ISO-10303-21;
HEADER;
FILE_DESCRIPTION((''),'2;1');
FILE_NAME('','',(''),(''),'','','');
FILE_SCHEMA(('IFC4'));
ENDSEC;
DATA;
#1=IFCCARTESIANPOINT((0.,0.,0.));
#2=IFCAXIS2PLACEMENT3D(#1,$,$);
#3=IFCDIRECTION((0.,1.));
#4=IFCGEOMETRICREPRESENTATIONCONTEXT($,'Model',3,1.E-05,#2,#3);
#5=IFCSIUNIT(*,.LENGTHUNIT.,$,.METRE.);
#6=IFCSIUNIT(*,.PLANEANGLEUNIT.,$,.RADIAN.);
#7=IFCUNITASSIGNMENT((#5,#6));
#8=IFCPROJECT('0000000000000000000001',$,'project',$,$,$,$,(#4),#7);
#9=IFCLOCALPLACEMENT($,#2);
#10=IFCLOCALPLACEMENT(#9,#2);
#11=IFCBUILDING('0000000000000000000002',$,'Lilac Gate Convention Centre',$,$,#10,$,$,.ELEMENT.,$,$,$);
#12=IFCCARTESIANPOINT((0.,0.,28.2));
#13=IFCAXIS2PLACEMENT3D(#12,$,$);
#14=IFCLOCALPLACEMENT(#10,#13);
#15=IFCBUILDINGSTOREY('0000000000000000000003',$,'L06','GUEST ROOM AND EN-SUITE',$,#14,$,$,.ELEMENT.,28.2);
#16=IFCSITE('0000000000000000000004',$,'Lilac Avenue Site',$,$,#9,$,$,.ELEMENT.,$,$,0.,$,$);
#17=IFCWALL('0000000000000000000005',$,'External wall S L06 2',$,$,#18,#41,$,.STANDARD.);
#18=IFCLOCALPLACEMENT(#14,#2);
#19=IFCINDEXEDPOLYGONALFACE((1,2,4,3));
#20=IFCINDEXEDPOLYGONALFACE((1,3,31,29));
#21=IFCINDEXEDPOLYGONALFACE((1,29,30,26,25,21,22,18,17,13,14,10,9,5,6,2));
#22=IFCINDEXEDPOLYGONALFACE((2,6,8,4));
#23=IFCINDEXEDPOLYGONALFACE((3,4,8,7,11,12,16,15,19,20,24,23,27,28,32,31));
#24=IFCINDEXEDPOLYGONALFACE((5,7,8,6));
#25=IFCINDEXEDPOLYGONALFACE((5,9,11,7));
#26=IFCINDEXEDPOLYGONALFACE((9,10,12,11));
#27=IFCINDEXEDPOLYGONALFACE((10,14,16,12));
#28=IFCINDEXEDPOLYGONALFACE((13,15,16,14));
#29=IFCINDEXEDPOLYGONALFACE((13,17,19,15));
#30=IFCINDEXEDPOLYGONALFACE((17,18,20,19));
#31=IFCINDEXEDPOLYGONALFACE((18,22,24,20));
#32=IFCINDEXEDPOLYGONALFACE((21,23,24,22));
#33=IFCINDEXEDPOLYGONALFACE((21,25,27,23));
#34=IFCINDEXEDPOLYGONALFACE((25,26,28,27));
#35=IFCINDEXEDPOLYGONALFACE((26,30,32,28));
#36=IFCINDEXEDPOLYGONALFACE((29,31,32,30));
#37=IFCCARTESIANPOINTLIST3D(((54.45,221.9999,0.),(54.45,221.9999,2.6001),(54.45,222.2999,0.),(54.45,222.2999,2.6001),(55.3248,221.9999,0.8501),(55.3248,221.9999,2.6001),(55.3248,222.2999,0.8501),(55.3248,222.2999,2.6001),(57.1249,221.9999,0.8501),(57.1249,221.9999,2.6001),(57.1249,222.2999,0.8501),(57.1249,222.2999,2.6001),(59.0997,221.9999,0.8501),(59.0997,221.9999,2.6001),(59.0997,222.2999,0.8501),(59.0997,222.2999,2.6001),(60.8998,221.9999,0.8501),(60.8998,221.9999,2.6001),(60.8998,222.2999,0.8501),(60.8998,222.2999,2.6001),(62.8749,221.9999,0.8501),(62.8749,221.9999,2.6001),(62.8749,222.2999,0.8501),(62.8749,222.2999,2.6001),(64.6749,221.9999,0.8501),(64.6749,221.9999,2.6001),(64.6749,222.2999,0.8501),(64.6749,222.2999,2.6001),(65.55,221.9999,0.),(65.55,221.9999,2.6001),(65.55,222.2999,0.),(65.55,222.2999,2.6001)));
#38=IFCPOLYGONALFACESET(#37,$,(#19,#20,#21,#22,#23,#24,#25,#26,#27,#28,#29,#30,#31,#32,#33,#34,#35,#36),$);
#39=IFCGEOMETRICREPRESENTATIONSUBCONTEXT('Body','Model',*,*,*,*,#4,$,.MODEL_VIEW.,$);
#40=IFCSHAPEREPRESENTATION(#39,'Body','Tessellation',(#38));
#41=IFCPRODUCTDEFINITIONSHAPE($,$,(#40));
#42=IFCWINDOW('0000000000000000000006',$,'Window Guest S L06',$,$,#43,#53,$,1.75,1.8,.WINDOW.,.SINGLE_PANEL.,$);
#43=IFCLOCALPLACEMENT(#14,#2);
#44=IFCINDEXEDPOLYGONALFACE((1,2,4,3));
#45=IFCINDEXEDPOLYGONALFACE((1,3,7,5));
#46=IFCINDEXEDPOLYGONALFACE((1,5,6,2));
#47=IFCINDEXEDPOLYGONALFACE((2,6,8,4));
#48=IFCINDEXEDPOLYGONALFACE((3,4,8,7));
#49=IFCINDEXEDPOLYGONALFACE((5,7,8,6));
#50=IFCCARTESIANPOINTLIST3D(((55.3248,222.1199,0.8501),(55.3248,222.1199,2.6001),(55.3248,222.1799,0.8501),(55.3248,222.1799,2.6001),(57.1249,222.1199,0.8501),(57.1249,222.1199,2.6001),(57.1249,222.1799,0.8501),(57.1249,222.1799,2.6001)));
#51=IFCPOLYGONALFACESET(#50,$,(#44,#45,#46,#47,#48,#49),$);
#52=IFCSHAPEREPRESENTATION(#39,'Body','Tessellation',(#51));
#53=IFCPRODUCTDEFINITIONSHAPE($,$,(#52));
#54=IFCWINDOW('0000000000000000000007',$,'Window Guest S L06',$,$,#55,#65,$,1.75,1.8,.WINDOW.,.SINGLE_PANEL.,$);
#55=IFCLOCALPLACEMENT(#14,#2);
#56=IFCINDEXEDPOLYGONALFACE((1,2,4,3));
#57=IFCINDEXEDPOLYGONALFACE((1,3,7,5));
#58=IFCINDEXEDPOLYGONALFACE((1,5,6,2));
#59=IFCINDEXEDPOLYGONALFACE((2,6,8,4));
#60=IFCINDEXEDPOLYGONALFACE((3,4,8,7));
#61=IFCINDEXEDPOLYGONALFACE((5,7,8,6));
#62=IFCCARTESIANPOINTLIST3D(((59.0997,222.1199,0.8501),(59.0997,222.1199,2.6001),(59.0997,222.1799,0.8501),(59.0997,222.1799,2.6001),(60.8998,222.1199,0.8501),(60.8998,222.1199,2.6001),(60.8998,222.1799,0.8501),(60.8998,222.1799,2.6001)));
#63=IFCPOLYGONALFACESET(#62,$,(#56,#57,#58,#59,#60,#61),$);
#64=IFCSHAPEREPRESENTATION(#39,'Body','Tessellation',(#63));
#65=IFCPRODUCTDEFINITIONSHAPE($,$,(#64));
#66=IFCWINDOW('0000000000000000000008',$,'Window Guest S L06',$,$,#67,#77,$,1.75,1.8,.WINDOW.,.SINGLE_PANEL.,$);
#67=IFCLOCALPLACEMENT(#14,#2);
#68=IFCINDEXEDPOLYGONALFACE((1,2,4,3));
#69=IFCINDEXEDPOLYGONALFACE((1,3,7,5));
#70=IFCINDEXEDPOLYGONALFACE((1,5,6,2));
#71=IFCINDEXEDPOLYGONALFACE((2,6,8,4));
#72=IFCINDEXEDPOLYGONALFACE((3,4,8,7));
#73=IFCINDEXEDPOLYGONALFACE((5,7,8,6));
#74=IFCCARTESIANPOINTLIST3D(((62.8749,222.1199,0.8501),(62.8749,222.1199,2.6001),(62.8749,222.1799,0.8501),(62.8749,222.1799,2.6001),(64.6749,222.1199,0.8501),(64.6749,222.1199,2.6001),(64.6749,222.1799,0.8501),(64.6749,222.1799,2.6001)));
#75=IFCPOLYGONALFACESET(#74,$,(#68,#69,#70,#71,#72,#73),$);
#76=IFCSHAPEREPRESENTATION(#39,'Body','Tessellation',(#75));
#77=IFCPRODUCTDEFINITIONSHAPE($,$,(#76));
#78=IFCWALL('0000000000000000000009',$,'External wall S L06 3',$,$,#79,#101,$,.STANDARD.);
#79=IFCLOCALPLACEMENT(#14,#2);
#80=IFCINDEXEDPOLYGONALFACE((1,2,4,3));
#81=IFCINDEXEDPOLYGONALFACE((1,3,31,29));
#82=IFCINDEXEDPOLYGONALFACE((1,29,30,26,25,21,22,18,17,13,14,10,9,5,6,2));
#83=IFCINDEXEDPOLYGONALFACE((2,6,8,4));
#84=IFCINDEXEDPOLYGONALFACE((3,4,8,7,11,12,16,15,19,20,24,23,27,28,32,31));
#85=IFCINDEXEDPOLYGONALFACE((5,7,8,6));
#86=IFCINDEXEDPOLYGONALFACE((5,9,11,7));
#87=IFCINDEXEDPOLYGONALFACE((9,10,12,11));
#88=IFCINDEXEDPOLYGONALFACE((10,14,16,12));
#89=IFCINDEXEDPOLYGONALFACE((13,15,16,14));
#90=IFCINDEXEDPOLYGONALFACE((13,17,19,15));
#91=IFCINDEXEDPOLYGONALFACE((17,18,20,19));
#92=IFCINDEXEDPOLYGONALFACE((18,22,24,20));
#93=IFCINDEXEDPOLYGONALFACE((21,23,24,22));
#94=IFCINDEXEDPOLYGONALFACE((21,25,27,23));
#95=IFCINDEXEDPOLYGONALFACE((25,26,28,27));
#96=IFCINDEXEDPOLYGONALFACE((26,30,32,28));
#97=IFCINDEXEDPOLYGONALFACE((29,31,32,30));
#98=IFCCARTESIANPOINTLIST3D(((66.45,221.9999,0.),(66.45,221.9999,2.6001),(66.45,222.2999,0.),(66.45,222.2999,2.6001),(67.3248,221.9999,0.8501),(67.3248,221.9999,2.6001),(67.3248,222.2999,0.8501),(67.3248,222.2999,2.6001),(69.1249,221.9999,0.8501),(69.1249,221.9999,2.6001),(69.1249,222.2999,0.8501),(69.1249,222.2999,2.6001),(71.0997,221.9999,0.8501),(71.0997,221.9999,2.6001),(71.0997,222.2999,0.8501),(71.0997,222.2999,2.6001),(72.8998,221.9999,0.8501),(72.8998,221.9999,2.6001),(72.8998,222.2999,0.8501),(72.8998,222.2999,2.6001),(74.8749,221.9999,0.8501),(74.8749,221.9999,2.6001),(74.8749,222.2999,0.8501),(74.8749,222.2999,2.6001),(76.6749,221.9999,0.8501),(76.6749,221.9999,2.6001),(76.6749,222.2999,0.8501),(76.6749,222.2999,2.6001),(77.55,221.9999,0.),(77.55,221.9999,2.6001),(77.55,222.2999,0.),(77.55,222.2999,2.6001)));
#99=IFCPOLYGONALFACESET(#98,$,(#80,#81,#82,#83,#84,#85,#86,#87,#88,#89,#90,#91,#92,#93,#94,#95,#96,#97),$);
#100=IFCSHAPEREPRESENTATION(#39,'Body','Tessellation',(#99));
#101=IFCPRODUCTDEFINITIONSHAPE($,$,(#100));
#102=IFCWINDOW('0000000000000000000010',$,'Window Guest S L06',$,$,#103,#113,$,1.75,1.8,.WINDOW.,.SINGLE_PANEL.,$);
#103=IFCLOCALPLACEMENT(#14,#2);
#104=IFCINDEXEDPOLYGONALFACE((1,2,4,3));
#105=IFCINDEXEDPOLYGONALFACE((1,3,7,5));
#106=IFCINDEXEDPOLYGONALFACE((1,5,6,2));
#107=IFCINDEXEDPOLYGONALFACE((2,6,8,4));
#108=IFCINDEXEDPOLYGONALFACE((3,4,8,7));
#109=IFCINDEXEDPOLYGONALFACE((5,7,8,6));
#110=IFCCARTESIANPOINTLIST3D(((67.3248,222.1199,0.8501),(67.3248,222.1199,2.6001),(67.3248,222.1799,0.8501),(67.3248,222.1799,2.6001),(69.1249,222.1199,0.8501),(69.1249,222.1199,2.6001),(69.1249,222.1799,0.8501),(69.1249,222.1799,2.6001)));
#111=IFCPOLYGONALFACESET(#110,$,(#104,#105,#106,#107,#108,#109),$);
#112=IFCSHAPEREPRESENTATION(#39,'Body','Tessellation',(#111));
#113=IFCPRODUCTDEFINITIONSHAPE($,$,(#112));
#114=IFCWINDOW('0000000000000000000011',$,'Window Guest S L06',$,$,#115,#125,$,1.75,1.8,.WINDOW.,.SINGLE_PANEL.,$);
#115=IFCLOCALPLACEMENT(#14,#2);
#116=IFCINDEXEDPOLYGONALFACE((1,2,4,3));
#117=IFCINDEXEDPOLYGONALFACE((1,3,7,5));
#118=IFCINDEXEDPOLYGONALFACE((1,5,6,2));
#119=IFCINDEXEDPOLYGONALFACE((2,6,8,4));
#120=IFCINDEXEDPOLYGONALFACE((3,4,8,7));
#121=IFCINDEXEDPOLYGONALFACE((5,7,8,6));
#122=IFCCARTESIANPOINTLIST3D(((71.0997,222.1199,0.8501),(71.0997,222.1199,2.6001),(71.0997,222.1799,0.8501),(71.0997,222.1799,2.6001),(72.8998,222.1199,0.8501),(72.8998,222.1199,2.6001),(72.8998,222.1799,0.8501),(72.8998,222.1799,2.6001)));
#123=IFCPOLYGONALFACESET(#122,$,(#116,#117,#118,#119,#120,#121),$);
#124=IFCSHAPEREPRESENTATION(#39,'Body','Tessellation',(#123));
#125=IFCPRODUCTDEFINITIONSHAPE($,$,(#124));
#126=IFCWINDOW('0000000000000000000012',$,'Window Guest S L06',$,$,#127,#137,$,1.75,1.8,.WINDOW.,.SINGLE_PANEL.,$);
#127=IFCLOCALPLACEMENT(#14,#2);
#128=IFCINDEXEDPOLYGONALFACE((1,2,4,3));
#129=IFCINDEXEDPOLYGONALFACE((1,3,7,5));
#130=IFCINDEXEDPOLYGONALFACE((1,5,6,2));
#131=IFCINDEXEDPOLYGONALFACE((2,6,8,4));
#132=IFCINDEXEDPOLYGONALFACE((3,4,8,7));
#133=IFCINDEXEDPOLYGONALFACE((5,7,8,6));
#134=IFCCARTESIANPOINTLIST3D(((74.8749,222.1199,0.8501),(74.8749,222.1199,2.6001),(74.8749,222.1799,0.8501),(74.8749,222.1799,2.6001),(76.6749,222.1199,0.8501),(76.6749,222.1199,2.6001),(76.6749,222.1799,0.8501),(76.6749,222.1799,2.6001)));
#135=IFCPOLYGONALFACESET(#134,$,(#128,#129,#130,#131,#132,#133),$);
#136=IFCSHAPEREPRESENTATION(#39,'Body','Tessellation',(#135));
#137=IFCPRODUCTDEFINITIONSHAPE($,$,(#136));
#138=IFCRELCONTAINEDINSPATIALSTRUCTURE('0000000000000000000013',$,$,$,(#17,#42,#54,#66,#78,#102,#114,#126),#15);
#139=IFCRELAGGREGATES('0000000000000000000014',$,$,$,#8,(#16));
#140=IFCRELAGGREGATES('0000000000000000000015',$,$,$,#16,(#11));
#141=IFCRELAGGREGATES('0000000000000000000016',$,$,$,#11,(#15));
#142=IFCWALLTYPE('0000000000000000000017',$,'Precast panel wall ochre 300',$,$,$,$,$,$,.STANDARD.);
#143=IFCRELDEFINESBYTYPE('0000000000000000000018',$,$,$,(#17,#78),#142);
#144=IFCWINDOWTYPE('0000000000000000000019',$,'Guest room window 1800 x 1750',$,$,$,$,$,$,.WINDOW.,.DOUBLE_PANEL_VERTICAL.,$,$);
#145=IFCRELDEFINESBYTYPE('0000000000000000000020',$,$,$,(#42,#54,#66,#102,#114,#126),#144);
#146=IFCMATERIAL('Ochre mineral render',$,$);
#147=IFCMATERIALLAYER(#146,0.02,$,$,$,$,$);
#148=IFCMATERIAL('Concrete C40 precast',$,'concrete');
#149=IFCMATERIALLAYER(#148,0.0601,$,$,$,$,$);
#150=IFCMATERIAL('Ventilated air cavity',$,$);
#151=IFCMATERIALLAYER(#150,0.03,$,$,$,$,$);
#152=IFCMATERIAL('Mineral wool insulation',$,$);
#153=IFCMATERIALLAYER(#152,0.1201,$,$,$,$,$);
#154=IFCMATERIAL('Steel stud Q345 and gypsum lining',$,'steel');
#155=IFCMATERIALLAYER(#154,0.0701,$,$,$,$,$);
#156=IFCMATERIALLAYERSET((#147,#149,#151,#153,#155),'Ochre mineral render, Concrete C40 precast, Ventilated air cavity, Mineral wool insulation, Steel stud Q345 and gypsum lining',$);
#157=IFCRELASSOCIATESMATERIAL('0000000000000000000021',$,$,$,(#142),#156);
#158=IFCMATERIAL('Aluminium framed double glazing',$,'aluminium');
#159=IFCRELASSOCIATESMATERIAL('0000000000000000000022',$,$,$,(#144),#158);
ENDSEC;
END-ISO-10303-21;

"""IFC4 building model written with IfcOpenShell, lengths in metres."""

from ifc_helpers import new_model, si_unit, direction, frame, frame_2d, origin, place, context, subcontext, project, spatial, rectangle, extrude, material, layer, layer_set, type_object, element, fill, save


model = new_model("IFC4")

# Units and contexts
model_context = context("Model", 3, precision=1e-05, world=origin(), true_north=direction((0.0, 1.0)))
body_context = subcontext(model_context, "Body", "Model", "MODEL_VIEW")
ifc_project = project(units=[si_unit("LENGTHUNIT", "METRE"), si_unit("PLANEANGLEUNIT", "RADIAN")], contexts=[model_context])

# Site, building, storey
site_placement = place(None, origin())
site = spatial("IfcSite", under=ifc_project, at=site_placement, Name="Lilac Avenue Site", CompositionType="ELEMENT", RefElevation=0.0)
building_placement = place(site_placement, origin())
building = spatial("IfcBuilding", under=site, at=building_placement, Name="Lilac Gate Convention Centre", CompositionType="ELEMENT")
storey_placement = place(building_placement, frame((0.0, 0.0, 28.2)))
storey = spatial("IfcBuildingStorey", under=building, at=storey_placement, Name="L06", Description="GUEST ROOM AND EN-SUITE", CompositionType="ELEMENT", Elevation=28.2)

# Walls, openings, windows
ifc_material_1 = material(Name="Ochre mineral render")
ifc_layer_1 = layer(ifc_material_1, 0.02)
ifc_material_2 = material(Name="Concrete C40 precast", Category="concrete")
ifc_layer_2 = layer(ifc_material_2, 0.0601)
ifc_material_3 = material(Name="Ventilated air cavity")
ifc_layer_3 = layer(ifc_material_3, 0.03)
ifc_material_4 = material(Name="Mineral wool insulation")
ifc_layer_4 = layer(ifc_material_4, 0.1201)
ifc_material_5 = material(Name="Steel stud Q345 and gypsum lining", Category="steel")
ifc_layer_5 = layer(ifc_material_5, 0.0701)
ifc_layer_set_1 = layer_set([ifc_layer_1, ifc_layer_2, ifc_layer_3, ifc_layer_4, ifc_layer_5], Name="Ochre mineral render, Concrete C40 precast, Ventilated air cavity, Mineral wool insulation, Steel stud Q345 and gypsum lining")
wall_type_1 = type_object("IfcWallType", Name="Precast panel wall ochre 300", PredefinedType="STANDARD", material=ifc_layer_set_1)
ifc_material_6 = material(Name="Aluminium framed double glazing", Category="aluminium")
window_type = type_object("IfcWindowType", Name="Guest room window 1800 x 1750", PartitioningType="DOUBLE_PANEL_VERTICAL", PredefinedType="WINDOW", material=ifc_material_6)
wall_1_placement = place(storey_placement, frame((54.45, 222.1499, 0.0), z_axis=(0.0, 0.0, 1.0), x_axis=(1.0, 0.0, 0.0)))
wall_1 = element("IfcWall", 1, at=wall_1_placement, inside=storey, type_object=wall_type_1, Name="External wall S L06 2", PredefinedType="STANDARD", context=body_context, shape_type="SweptSolid", body=[
    extrude(rectangle(XDim=11.1001, YDim=0.3, at=frame_2d((5.55, 0.0))), origin(), (0.0, 0.0, 1.0), 2.6001),
])
opening_1_placement = place(wall_1_placement, frame((0.875, 0.0, 0.8501)))
opening_1 = element("IfcOpeningElement", 2, at=opening_1_placement, cuts=wall_1, PredefinedType="OPENING", context=body_context, shape_type="SweptSolid", body=[
    extrude(rectangle(XDim=1.8, YDim=1.75, at=frame_2d((0.8999, 0.875))), frame((0.0, 0.1599, 0.0), z_axis=(0.0, -1.0, 0.0), x_axis=(1.0, 0.0, 0.0)), (0.0, 0.0, 1.0), 0.3201),
])
opening_2_placement = place(wall_1_placement, frame((4.6499, 0.0, 0.8501)))
opening_2 = element("IfcOpeningElement", 3, at=opening_2_placement, cuts=wall_1, PredefinedType="OPENING", context=body_context, shape_type="SweptSolid", body=[
    extrude(rectangle(XDim=1.8, YDim=1.75, at=frame_2d((0.8999, 0.875))), frame((0.0, 0.1599, 0.0), z_axis=(0.0, -1.0, 0.0), x_axis=(1.0, 0.0, 0.0)), (0.0, 0.0, 1.0), 0.3201),
])
opening_3_placement = place(wall_1_placement, frame((8.425, 0.0, 0.8501)))
opening_3 = element("IfcOpeningElement", 4, at=opening_3_placement, cuts=wall_1, PredefinedType="OPENING", context=body_context, shape_type="SweptSolid", body=[
    extrude(rectangle(XDim=1.8, YDim=1.75, at=frame_2d((0.8999, 0.875))), frame((0.0, 0.1599, 0.0), z_axis=(0.0, -1.0, 0.0), x_axis=(1.0, 0.0, 0.0)), (0.0, 0.0, 1.0), 0.3201),
])
window_1_placement = place(opening_1_placement, origin())
window_1 = element("IfcWindow", 5, at=window_1_placement, inside=storey, type_object=window_type, Name="Window Guest S L06", OverallHeight=1.75, OverallWidth=1.8, PartitioningType="SINGLE_PANEL", PredefinedType="WINDOW", context=body_context, shape_type="SweptSolid", body=[
    extrude(rectangle(XDim=1.8, YDim=1.75, at=frame_2d((0.8999, 0.875))), frame((0.0, 0.03, 0.0), z_axis=(0.0, -1.0, 0.0), x_axis=(1.0, 0.0, 0.0)), (0.0, 0.0, 1.0), 0.0601),
])
fill(opening_1, window_1)
window_2_placement = place(opening_2_placement, origin())
window_2 = element("IfcWindow", 6, at=window_2_placement, inside=storey, type_object=window_type, Name="Window Guest S L06", OverallHeight=1.75, OverallWidth=1.8, PartitioningType="SINGLE_PANEL", PredefinedType="WINDOW", context=body_context, shape_type="SweptSolid", body=[
    extrude(rectangle(XDim=1.8, YDim=1.75, at=frame_2d((0.8999, 0.875))), frame((0.0, 0.03, 0.0), z_axis=(0.0, -1.0, 0.0), x_axis=(1.0, 0.0, 0.0)), (0.0, 0.0, 1.0), 0.0601),
])
fill(opening_2, window_2)
window_3_placement = place(opening_3_placement, origin())
window_3 = element("IfcWindow", 7, at=window_3_placement, inside=storey, type_object=window_type, Name="Window Guest S L06", OverallHeight=1.75, OverallWidth=1.8, PartitioningType="SINGLE_PANEL", PredefinedType="WINDOW", context=body_context, shape_type="SweptSolid", body=[
    extrude(rectangle(XDim=1.8, YDim=1.75, at=frame_2d((0.8999, 0.875))), frame((0.0, 0.03, 0.0), z_axis=(0.0, -1.0, 0.0), x_axis=(1.0, 0.0, 0.0)), (0.0, 0.0, 1.0), 0.0601),
])
fill(opening_3, window_3)
wall_2_placement = place(storey_placement, frame((66.45, 222.1499, 0.0), z_axis=(0.0, 0.0, 1.0), x_axis=(1.0, 0.0, 0.0)))
wall_2 = element("IfcWall", 8, at=wall_2_placement, inside=storey, type_object=wall_type_1, Name="External wall S L06 3", PredefinedType="STANDARD", context=body_context, shape_type="SweptSolid", body=[
    extrude(rectangle(XDim=11.1001, YDim=0.3, at=frame_2d((5.55, 0.0))), origin(), (0.0, 0.0, 1.0), 2.6001),
])
opening_4_placement = place(wall_2_placement, frame((0.875, 0.0, 0.8501)))
opening_4 = element("IfcOpeningElement", 9, at=opening_4_placement, cuts=wall_2, PredefinedType="OPENING", context=body_context, shape_type="SweptSolid", body=[
    extrude(rectangle(XDim=1.8, YDim=1.75, at=frame_2d((0.8999, 0.875))), frame((0.0, 0.1599, 0.0), z_axis=(0.0, -1.0, 0.0), x_axis=(1.0, 0.0, 0.0)), (0.0, 0.0, 1.0), 0.3201),
])
opening_5_placement = place(wall_2_placement, frame((4.6499, 0.0, 0.8501)))
opening_5 = element("IfcOpeningElement", 10, at=opening_5_placement, cuts=wall_2, PredefinedType="OPENING", context=body_context, shape_type="SweptSolid", body=[
    extrude(rectangle(XDim=1.8, YDim=1.75, at=frame_2d((0.8999, 0.875))), frame((0.0, 0.1599, 0.0), z_axis=(0.0, -1.0, 0.0), x_axis=(1.0, 0.0, 0.0)), (0.0, 0.0, 1.0), 0.3201),
])
opening_6_placement = place(wall_2_placement, frame((8.425, 0.0, 0.8501)))
opening_6 = element("IfcOpeningElement", 11, at=opening_6_placement, cuts=wall_2, PredefinedType="OPENING", context=body_context, shape_type="SweptSolid", body=[
    extrude(rectangle(XDim=1.8, YDim=1.75, at=frame_2d((0.8999, 0.875))), frame((0.0, 0.1599, 0.0), z_axis=(0.0, -1.0, 0.0), x_axis=(1.0, 0.0, 0.0)), (0.0, 0.0, 1.0), 0.3201),
])
window_4_placement = place(opening_4_placement, origin())
window_4 = element("IfcWindow", 12, at=window_4_placement, inside=storey, type_object=window_type, Name="Window Guest S L06", OverallHeight=1.75, OverallWidth=1.8, PartitioningType="SINGLE_PANEL", PredefinedType="WINDOW", context=body_context, shape_type="SweptSolid", body=[
    extrude(rectangle(XDim=1.8, YDim=1.75, at=frame_2d((0.8999, 0.875))), frame((0.0, 0.03, 0.0), z_axis=(0.0, -1.0, 0.0), x_axis=(1.0, 0.0, 0.0)), (0.0, 0.0, 1.0), 0.0601),
])
fill(opening_4, window_4)
window_5_placement = place(opening_5_placement, origin())
window_5 = element("IfcWindow", 13, at=window_5_placement, inside=storey, type_object=window_type, Name="Window Guest S L06", OverallHeight=1.75, OverallWidth=1.8, PartitioningType="SINGLE_PANEL", PredefinedType="WINDOW", context=body_context, shape_type="SweptSolid", body=[
    extrude(rectangle(XDim=1.8, YDim=1.75, at=frame_2d((0.8999, 0.875))), frame((0.0, 0.03, 0.0), z_axis=(0.0, -1.0, 0.0), x_axis=(1.0, 0.0, 0.0)), (0.0, 0.0, 1.0), 0.0601),
])
fill(opening_5, window_5)
window_6_placement = place(opening_6_placement, origin())
window_6 = element("IfcWindow", 14, at=window_6_placement, inside=storey, type_object=window_type, Name="Window Guest S L06", OverallHeight=1.75, OverallWidth=1.8, PartitioningType="SINGLE_PANEL", PredefinedType="WINDOW", context=body_context, shape_type="SweptSolid", body=[
    extrude(rectangle(XDim=1.8, YDim=1.75, at=frame_2d((0.8999, 0.875))), frame((0.0, 0.03, 0.0), z_axis=(0.0, -1.0, 0.0), x_axis=(1.0, 0.0, 0.0)), (0.0, 0.0, 1.0), 0.0601),
])
fill(opening_6, window_6)

save(model, "model.ifc")
